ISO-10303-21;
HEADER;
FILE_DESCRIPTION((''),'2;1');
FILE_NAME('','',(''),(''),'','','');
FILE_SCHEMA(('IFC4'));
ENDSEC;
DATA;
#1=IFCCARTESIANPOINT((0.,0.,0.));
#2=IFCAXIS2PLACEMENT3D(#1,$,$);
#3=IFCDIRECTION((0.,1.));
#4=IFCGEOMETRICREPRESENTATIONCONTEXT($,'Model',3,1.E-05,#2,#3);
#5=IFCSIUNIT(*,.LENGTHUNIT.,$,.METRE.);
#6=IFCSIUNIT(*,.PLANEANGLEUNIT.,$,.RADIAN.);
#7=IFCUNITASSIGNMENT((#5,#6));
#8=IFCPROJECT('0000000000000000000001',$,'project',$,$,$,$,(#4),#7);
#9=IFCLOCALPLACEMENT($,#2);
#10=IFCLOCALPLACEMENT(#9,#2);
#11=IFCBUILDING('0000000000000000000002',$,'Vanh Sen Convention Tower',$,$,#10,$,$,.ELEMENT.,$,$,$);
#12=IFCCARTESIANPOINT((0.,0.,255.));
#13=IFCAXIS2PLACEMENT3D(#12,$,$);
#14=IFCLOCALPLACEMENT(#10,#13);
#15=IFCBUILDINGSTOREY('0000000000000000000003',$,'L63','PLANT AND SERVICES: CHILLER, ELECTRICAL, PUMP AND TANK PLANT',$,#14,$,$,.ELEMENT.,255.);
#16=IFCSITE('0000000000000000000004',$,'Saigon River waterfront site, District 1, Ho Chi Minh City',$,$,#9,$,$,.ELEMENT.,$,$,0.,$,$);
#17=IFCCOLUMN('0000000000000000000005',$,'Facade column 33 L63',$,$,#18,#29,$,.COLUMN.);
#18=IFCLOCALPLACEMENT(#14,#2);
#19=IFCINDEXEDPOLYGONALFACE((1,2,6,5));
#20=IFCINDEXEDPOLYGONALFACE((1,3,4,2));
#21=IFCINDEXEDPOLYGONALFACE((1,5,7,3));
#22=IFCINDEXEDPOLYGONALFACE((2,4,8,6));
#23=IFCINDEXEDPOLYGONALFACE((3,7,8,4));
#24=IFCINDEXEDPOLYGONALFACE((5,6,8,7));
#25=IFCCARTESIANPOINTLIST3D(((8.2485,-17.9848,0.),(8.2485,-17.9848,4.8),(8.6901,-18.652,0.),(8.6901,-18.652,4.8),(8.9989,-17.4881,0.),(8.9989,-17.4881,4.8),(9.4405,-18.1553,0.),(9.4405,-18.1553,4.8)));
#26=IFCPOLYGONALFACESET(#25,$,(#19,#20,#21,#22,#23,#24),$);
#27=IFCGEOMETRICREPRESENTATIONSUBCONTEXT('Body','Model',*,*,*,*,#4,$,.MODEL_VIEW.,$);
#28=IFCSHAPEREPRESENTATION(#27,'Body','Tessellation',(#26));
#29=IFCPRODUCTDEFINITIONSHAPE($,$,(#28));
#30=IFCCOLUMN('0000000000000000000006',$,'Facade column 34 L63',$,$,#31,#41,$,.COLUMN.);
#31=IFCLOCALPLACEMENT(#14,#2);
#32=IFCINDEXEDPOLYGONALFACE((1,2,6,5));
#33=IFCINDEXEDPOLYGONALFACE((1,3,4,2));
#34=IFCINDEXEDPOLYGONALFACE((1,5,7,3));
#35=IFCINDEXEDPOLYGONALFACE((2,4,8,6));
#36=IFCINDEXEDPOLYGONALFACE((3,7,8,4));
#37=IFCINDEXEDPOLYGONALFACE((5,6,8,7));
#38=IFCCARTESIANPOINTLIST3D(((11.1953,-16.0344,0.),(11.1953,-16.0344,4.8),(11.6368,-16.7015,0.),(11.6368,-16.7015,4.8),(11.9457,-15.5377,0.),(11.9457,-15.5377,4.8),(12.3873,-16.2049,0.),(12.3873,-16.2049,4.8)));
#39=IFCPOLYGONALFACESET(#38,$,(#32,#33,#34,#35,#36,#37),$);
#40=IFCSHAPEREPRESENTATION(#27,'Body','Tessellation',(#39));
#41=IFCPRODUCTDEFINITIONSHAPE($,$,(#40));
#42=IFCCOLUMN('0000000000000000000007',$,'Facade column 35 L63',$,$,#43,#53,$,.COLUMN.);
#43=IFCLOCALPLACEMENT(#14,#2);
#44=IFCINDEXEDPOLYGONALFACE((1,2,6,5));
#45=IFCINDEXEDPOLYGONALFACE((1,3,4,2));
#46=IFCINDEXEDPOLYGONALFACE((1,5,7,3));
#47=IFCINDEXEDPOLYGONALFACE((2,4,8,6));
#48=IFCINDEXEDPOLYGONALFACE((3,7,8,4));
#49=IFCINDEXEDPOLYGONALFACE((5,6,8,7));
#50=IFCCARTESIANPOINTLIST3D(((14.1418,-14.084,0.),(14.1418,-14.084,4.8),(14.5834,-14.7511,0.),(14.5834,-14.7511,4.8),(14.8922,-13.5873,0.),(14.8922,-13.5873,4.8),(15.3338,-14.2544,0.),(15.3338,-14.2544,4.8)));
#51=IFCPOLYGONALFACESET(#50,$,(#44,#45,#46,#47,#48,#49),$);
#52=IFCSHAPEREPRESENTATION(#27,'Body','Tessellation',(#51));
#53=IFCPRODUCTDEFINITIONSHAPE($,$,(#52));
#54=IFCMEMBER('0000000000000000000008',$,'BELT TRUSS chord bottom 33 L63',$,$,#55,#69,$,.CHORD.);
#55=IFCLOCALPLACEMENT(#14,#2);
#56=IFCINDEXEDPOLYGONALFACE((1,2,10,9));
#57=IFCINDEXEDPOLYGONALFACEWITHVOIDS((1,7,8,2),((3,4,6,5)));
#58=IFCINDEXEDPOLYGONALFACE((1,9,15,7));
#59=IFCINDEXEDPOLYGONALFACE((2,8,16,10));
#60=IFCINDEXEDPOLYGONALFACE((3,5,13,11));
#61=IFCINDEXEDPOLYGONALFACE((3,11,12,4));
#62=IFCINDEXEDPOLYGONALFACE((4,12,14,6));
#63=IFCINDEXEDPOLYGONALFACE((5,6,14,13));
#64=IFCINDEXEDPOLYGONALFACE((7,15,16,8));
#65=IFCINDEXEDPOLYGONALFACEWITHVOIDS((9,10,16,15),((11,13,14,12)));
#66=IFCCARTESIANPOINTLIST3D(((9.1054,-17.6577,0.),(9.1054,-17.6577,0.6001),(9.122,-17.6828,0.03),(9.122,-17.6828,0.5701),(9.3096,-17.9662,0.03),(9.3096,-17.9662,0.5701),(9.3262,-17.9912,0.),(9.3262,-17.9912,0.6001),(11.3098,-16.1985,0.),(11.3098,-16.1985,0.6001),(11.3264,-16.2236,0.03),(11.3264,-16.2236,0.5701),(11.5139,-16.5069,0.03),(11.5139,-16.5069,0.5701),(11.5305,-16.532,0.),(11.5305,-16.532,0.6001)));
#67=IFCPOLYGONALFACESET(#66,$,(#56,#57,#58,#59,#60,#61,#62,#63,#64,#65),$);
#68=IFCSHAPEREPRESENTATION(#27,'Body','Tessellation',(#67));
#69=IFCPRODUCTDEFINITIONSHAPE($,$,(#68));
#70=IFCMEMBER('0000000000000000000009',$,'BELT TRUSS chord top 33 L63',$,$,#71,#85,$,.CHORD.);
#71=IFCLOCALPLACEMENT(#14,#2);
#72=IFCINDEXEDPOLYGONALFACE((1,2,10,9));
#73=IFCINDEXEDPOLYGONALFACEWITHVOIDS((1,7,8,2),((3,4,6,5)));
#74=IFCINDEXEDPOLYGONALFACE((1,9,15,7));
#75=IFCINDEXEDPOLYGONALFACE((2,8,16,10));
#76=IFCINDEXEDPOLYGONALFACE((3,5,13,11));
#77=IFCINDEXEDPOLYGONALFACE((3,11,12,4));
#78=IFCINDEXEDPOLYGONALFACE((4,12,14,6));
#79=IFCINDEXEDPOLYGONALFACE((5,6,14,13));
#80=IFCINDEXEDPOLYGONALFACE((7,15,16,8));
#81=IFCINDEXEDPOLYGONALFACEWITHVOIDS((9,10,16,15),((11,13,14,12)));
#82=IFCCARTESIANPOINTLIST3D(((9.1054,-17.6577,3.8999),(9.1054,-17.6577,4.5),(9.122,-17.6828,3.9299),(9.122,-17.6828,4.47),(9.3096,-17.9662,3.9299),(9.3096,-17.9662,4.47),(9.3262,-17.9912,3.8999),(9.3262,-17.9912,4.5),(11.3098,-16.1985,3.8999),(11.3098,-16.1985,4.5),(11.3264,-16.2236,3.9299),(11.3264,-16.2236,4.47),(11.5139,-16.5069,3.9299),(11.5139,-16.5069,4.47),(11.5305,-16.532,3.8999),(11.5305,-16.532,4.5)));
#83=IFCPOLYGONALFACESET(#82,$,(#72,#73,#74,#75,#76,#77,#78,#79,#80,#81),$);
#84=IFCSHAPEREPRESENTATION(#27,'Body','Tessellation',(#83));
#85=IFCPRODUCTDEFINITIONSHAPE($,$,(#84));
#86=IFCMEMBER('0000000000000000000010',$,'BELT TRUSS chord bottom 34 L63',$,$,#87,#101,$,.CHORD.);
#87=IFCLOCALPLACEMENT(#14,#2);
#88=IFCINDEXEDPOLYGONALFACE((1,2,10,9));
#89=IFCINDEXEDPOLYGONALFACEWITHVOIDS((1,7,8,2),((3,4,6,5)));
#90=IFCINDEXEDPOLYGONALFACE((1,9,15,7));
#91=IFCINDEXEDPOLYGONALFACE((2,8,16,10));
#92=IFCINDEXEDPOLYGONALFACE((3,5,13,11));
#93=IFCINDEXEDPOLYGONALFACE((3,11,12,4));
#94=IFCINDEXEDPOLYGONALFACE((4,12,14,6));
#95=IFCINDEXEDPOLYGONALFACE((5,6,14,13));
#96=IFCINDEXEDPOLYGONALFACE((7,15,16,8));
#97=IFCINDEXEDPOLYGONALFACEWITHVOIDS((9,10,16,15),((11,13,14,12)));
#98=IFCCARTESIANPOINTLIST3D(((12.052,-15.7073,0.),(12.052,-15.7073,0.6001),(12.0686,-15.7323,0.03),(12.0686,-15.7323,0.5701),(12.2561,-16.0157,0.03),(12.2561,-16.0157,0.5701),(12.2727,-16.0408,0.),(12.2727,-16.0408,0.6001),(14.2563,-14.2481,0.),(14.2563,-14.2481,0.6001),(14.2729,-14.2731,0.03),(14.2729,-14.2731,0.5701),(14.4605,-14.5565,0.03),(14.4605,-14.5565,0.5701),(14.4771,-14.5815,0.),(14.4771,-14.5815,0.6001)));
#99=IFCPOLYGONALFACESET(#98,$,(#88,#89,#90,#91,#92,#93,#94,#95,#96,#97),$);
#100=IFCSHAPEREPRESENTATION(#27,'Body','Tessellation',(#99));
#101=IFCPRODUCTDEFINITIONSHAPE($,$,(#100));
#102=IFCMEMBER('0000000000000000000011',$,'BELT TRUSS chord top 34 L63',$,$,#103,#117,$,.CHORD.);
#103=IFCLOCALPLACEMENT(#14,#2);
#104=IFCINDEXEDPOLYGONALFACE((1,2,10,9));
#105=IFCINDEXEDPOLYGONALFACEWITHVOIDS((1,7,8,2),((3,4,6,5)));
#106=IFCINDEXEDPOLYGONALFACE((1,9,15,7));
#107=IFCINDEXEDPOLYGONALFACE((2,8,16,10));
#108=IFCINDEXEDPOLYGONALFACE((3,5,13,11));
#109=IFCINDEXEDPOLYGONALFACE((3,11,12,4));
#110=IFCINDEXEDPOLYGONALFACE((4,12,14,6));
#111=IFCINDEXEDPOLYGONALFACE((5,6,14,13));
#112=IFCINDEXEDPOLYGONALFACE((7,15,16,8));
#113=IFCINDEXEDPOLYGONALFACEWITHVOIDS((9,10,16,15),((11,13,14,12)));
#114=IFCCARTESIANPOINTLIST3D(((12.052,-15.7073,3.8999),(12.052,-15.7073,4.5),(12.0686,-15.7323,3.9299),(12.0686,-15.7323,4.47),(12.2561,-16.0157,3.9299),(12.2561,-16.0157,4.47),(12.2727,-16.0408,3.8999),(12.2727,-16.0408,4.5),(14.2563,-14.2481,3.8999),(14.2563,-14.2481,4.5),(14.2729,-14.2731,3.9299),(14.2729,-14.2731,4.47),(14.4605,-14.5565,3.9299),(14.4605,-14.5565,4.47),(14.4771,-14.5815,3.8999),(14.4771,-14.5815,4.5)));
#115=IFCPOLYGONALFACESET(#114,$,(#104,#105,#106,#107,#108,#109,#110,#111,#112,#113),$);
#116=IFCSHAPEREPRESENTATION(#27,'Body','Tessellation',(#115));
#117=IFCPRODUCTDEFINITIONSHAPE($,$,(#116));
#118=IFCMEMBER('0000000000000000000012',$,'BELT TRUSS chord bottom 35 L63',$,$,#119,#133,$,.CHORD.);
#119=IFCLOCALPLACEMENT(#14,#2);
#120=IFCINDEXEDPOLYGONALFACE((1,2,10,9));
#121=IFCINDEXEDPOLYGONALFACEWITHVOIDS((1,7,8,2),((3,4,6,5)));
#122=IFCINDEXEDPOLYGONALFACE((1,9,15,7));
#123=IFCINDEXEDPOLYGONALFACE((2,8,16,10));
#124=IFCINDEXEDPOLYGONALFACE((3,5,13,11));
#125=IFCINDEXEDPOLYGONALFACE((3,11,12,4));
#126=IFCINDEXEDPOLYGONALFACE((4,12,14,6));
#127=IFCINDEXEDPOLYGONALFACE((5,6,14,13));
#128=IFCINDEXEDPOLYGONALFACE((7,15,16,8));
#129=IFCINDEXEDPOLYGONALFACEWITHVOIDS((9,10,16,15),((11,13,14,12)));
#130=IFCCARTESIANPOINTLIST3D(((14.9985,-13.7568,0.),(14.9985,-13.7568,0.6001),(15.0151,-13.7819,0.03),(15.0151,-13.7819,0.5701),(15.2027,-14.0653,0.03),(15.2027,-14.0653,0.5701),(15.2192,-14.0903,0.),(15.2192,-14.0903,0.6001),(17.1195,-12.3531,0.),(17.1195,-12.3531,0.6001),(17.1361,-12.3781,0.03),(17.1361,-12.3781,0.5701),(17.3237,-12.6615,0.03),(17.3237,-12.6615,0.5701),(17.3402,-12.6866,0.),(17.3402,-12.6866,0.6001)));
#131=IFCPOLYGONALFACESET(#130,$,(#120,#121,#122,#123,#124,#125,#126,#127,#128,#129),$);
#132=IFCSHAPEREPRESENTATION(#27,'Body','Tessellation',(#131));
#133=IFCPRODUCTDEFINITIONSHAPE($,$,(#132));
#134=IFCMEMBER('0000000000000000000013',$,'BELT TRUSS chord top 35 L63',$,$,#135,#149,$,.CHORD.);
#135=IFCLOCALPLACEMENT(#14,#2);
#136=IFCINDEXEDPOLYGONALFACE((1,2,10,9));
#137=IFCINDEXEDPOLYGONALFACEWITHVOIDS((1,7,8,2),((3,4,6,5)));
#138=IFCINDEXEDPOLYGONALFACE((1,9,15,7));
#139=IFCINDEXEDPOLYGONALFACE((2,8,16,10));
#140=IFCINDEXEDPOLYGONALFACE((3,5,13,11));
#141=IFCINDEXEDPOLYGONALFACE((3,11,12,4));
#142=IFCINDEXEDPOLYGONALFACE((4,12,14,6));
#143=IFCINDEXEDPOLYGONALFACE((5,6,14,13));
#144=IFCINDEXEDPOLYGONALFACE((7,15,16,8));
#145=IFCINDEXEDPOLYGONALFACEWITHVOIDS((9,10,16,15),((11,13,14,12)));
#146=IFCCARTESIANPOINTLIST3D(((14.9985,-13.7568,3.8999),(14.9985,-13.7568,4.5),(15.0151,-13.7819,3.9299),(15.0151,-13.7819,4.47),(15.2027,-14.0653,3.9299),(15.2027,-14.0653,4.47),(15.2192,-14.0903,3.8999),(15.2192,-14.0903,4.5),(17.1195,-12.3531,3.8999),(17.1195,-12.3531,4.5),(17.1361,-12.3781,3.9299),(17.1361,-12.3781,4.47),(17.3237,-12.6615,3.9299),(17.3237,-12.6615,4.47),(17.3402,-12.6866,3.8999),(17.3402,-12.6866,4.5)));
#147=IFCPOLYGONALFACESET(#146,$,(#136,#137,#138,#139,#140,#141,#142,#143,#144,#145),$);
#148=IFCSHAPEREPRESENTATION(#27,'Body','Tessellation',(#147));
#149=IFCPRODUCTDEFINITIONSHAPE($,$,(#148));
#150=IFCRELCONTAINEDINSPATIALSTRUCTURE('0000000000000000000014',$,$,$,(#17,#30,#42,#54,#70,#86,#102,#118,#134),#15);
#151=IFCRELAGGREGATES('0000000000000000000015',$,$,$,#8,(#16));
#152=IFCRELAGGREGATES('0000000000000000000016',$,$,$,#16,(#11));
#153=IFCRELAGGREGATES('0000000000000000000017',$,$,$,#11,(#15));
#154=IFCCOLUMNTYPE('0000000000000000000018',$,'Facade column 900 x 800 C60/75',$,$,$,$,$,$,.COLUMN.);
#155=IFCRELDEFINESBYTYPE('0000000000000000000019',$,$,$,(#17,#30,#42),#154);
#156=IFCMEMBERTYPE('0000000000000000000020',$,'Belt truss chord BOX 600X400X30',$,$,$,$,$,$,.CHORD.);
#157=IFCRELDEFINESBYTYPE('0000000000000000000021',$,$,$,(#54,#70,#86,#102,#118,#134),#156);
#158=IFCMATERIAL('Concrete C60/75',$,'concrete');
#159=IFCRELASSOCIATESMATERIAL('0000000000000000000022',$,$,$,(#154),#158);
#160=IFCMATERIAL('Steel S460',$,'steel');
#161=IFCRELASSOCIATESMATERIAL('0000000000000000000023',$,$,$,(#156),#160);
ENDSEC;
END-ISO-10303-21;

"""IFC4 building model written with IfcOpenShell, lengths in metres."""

from ifc_helpers import new_model, si_unit, direction, frame, origin, origin_2d, place, context, subcontext, project, spatial, rectangle, hollow_rectangle, extrude, material, material_profile, profile_set, type_object, element, save


model = new_model("IFC4")

# Units and contexts
model_context = context("Model", 3, precision=1e-05, world=origin(), true_north=direction((0.0, 1.0)))
body_context = subcontext(model_context, "Body", "Model", "MODEL_VIEW")
ifc_project = project(units=[si_unit("LENGTHUNIT", "METRE"), si_unit("PLANEANGLEUNIT", "RADIAN")], contexts=[model_context])

# Site, building, storey
site_placement = place(None, origin())
site = spatial("IfcSite", under=ifc_project, at=site_placement, Name="Saigon River waterfront site, District 1, Ho Chi Minh City", CompositionType="ELEMENT", RefElevation=0.0)
building_placement = place(site_placement, origin())
building = spatial("IfcBuilding", under=site, at=building_placement, Name="Vanh Sen Convention Tower", CompositionType="ELEMENT")
storey_placement = place(building_placement, frame((0.0, 0.0, 255.0)))
storey = spatial("IfcBuildingStorey", under=building, at=storey_placement, Name="L63", Description="PLANT AND SERVICES: CHILLER, ELECTRICAL, PUMP AND TANK PLANT", CompositionType="ELEMENT", Elevation=255.0)

# Columns
ifc_material_1 = material(Name="Concrete C60/75", Category="concrete")
ifc_material_profile_1 = material_profile(ifc_material_1, rectangle(XDim=0.8999, YDim=0.8, at=origin_2d()), Name="RC 900X800")
ifc_profile_set_1 = profile_set([ifc_material_profile_1], Name="Concrete C60/75")
column_type = type_object("IfcColumnType", Name="Facade column 900 x 800 C60/75", PredefinedType="COLUMN", material=ifc_profile_set_1)
for number, where, z_axis, x_axis, name in (
    (1, (8.8445, -18.0701, 0.0), (0.0, 0.0, 1.0), (0.833886, 0.551937, 0.0), "Facade column 33 L63"),
    (2, (11.7913, -16.1196, 0.0), (0.0, 0.0, 1.0), (0.833886, 0.551937, 0.0), "Facade column 34 L63"),
    (3, (14.7378, -14.1692, 0.0), (0.0, 0.0, 1.0), (0.833886, 0.551937, 0.0), "Facade column 35 L63"),
):
    element("IfcColumn", number, at=place(storey_placement, frame(where, z_axis=z_axis, x_axis=x_axis)), inside=storey, type_object=column_type, Name=name, PredefinedType="COLUMN", context=body_context, shape_type="SweptSolid", body=[
        extrude(rectangle(XDim=0.8999, YDim=0.8, at=origin_2d()), origin(), (0.0, 0.0, 1.0), 4.8),
    ])

# Members
ifc_material_2 = material(Name="Steel S460", Category="steel")
ifc_material_profile_2 = material_profile(ifc_material_2, hollow_rectangle(XDim=0.3999, YDim=0.6001, WallThickness=0.03, at=origin_2d()), Name="BOX 600X400X30")
ifc_profile_set_2 = profile_set([ifc_material_profile_2], Name="Steel S460")
member_type_1 = type_object("IfcMemberType", Name="Belt truss chord BOX 600X400X30", PredefinedType="CHORD", material=ifc_profile_set_2)
for number, where, z_axis, x_axis, name in (
    (4, (9.2158, -17.8245, 0.3), (0.83385, 0.551991, 0.0), (-0.551991, 0.83385, 0.0), "BELT TRUSS chord bottom 33 L63"),
    (5, (9.2158, -17.8245, 4.2), (0.83385, 0.551991, 0.0), (-0.551991, 0.83385, 0.0), "BELT TRUSS chord top 33 L63"),
    (6, (12.1624, -15.874, 0.3), (0.83385, 0.551991, 0.0), (-0.551991, 0.83385, 0.0), "BELT TRUSS chord bottom 34 L63"),
    (7, (12.1624, -15.874, 4.2), (0.83385, 0.551991, 0.0), (-0.551991, 0.83385, 0.0), "BELT TRUSS chord top 34 L63"),
):
    element("IfcMember", number, at=place(storey_placement, frame(where, z_axis=z_axis, x_axis=x_axis)), inside=storey, type_object=member_type_1, Name=name, PredefinedType="CHORD", context=body_context, shape_type="SweptSolid", body=[
        extrude(hollow_rectangle(XDim=0.3999, YDim=0.6001, WallThickness=0.03, at=origin_2d()), origin(), (0.0, 0.0, 1.0), 2.6436),
    ])
for number, where, z_axis, x_axis, name in (
    (8, (15.1089, -13.9236, 0.3), (0.833906, 0.551906, 0.0), (-0.551906, 0.833906, 0.0), "BELT TRUSS chord bottom 35 L63"),
    (9, (15.1089, -13.9236, 4.2), (0.833906, 0.551906, 0.0), (-0.551906, 0.833906, 0.0), "BELT TRUSS chord top 35 L63"),
):
    element("IfcMember", number, at=place(storey_placement, frame(where, z_axis=z_axis, x_axis=x_axis)), inside=storey, type_object=member_type_1, Name=name, PredefinedType="CHORD", context=body_context, shape_type="SweptSolid", body=[
        extrude(hollow_rectangle(XDim=0.3999, YDim=0.6001, WallThickness=0.03, at=origin_2d()), origin(), (0.0, 0.0, 1.0), 2.5435),
    ])

save(model, "model.ifc")
